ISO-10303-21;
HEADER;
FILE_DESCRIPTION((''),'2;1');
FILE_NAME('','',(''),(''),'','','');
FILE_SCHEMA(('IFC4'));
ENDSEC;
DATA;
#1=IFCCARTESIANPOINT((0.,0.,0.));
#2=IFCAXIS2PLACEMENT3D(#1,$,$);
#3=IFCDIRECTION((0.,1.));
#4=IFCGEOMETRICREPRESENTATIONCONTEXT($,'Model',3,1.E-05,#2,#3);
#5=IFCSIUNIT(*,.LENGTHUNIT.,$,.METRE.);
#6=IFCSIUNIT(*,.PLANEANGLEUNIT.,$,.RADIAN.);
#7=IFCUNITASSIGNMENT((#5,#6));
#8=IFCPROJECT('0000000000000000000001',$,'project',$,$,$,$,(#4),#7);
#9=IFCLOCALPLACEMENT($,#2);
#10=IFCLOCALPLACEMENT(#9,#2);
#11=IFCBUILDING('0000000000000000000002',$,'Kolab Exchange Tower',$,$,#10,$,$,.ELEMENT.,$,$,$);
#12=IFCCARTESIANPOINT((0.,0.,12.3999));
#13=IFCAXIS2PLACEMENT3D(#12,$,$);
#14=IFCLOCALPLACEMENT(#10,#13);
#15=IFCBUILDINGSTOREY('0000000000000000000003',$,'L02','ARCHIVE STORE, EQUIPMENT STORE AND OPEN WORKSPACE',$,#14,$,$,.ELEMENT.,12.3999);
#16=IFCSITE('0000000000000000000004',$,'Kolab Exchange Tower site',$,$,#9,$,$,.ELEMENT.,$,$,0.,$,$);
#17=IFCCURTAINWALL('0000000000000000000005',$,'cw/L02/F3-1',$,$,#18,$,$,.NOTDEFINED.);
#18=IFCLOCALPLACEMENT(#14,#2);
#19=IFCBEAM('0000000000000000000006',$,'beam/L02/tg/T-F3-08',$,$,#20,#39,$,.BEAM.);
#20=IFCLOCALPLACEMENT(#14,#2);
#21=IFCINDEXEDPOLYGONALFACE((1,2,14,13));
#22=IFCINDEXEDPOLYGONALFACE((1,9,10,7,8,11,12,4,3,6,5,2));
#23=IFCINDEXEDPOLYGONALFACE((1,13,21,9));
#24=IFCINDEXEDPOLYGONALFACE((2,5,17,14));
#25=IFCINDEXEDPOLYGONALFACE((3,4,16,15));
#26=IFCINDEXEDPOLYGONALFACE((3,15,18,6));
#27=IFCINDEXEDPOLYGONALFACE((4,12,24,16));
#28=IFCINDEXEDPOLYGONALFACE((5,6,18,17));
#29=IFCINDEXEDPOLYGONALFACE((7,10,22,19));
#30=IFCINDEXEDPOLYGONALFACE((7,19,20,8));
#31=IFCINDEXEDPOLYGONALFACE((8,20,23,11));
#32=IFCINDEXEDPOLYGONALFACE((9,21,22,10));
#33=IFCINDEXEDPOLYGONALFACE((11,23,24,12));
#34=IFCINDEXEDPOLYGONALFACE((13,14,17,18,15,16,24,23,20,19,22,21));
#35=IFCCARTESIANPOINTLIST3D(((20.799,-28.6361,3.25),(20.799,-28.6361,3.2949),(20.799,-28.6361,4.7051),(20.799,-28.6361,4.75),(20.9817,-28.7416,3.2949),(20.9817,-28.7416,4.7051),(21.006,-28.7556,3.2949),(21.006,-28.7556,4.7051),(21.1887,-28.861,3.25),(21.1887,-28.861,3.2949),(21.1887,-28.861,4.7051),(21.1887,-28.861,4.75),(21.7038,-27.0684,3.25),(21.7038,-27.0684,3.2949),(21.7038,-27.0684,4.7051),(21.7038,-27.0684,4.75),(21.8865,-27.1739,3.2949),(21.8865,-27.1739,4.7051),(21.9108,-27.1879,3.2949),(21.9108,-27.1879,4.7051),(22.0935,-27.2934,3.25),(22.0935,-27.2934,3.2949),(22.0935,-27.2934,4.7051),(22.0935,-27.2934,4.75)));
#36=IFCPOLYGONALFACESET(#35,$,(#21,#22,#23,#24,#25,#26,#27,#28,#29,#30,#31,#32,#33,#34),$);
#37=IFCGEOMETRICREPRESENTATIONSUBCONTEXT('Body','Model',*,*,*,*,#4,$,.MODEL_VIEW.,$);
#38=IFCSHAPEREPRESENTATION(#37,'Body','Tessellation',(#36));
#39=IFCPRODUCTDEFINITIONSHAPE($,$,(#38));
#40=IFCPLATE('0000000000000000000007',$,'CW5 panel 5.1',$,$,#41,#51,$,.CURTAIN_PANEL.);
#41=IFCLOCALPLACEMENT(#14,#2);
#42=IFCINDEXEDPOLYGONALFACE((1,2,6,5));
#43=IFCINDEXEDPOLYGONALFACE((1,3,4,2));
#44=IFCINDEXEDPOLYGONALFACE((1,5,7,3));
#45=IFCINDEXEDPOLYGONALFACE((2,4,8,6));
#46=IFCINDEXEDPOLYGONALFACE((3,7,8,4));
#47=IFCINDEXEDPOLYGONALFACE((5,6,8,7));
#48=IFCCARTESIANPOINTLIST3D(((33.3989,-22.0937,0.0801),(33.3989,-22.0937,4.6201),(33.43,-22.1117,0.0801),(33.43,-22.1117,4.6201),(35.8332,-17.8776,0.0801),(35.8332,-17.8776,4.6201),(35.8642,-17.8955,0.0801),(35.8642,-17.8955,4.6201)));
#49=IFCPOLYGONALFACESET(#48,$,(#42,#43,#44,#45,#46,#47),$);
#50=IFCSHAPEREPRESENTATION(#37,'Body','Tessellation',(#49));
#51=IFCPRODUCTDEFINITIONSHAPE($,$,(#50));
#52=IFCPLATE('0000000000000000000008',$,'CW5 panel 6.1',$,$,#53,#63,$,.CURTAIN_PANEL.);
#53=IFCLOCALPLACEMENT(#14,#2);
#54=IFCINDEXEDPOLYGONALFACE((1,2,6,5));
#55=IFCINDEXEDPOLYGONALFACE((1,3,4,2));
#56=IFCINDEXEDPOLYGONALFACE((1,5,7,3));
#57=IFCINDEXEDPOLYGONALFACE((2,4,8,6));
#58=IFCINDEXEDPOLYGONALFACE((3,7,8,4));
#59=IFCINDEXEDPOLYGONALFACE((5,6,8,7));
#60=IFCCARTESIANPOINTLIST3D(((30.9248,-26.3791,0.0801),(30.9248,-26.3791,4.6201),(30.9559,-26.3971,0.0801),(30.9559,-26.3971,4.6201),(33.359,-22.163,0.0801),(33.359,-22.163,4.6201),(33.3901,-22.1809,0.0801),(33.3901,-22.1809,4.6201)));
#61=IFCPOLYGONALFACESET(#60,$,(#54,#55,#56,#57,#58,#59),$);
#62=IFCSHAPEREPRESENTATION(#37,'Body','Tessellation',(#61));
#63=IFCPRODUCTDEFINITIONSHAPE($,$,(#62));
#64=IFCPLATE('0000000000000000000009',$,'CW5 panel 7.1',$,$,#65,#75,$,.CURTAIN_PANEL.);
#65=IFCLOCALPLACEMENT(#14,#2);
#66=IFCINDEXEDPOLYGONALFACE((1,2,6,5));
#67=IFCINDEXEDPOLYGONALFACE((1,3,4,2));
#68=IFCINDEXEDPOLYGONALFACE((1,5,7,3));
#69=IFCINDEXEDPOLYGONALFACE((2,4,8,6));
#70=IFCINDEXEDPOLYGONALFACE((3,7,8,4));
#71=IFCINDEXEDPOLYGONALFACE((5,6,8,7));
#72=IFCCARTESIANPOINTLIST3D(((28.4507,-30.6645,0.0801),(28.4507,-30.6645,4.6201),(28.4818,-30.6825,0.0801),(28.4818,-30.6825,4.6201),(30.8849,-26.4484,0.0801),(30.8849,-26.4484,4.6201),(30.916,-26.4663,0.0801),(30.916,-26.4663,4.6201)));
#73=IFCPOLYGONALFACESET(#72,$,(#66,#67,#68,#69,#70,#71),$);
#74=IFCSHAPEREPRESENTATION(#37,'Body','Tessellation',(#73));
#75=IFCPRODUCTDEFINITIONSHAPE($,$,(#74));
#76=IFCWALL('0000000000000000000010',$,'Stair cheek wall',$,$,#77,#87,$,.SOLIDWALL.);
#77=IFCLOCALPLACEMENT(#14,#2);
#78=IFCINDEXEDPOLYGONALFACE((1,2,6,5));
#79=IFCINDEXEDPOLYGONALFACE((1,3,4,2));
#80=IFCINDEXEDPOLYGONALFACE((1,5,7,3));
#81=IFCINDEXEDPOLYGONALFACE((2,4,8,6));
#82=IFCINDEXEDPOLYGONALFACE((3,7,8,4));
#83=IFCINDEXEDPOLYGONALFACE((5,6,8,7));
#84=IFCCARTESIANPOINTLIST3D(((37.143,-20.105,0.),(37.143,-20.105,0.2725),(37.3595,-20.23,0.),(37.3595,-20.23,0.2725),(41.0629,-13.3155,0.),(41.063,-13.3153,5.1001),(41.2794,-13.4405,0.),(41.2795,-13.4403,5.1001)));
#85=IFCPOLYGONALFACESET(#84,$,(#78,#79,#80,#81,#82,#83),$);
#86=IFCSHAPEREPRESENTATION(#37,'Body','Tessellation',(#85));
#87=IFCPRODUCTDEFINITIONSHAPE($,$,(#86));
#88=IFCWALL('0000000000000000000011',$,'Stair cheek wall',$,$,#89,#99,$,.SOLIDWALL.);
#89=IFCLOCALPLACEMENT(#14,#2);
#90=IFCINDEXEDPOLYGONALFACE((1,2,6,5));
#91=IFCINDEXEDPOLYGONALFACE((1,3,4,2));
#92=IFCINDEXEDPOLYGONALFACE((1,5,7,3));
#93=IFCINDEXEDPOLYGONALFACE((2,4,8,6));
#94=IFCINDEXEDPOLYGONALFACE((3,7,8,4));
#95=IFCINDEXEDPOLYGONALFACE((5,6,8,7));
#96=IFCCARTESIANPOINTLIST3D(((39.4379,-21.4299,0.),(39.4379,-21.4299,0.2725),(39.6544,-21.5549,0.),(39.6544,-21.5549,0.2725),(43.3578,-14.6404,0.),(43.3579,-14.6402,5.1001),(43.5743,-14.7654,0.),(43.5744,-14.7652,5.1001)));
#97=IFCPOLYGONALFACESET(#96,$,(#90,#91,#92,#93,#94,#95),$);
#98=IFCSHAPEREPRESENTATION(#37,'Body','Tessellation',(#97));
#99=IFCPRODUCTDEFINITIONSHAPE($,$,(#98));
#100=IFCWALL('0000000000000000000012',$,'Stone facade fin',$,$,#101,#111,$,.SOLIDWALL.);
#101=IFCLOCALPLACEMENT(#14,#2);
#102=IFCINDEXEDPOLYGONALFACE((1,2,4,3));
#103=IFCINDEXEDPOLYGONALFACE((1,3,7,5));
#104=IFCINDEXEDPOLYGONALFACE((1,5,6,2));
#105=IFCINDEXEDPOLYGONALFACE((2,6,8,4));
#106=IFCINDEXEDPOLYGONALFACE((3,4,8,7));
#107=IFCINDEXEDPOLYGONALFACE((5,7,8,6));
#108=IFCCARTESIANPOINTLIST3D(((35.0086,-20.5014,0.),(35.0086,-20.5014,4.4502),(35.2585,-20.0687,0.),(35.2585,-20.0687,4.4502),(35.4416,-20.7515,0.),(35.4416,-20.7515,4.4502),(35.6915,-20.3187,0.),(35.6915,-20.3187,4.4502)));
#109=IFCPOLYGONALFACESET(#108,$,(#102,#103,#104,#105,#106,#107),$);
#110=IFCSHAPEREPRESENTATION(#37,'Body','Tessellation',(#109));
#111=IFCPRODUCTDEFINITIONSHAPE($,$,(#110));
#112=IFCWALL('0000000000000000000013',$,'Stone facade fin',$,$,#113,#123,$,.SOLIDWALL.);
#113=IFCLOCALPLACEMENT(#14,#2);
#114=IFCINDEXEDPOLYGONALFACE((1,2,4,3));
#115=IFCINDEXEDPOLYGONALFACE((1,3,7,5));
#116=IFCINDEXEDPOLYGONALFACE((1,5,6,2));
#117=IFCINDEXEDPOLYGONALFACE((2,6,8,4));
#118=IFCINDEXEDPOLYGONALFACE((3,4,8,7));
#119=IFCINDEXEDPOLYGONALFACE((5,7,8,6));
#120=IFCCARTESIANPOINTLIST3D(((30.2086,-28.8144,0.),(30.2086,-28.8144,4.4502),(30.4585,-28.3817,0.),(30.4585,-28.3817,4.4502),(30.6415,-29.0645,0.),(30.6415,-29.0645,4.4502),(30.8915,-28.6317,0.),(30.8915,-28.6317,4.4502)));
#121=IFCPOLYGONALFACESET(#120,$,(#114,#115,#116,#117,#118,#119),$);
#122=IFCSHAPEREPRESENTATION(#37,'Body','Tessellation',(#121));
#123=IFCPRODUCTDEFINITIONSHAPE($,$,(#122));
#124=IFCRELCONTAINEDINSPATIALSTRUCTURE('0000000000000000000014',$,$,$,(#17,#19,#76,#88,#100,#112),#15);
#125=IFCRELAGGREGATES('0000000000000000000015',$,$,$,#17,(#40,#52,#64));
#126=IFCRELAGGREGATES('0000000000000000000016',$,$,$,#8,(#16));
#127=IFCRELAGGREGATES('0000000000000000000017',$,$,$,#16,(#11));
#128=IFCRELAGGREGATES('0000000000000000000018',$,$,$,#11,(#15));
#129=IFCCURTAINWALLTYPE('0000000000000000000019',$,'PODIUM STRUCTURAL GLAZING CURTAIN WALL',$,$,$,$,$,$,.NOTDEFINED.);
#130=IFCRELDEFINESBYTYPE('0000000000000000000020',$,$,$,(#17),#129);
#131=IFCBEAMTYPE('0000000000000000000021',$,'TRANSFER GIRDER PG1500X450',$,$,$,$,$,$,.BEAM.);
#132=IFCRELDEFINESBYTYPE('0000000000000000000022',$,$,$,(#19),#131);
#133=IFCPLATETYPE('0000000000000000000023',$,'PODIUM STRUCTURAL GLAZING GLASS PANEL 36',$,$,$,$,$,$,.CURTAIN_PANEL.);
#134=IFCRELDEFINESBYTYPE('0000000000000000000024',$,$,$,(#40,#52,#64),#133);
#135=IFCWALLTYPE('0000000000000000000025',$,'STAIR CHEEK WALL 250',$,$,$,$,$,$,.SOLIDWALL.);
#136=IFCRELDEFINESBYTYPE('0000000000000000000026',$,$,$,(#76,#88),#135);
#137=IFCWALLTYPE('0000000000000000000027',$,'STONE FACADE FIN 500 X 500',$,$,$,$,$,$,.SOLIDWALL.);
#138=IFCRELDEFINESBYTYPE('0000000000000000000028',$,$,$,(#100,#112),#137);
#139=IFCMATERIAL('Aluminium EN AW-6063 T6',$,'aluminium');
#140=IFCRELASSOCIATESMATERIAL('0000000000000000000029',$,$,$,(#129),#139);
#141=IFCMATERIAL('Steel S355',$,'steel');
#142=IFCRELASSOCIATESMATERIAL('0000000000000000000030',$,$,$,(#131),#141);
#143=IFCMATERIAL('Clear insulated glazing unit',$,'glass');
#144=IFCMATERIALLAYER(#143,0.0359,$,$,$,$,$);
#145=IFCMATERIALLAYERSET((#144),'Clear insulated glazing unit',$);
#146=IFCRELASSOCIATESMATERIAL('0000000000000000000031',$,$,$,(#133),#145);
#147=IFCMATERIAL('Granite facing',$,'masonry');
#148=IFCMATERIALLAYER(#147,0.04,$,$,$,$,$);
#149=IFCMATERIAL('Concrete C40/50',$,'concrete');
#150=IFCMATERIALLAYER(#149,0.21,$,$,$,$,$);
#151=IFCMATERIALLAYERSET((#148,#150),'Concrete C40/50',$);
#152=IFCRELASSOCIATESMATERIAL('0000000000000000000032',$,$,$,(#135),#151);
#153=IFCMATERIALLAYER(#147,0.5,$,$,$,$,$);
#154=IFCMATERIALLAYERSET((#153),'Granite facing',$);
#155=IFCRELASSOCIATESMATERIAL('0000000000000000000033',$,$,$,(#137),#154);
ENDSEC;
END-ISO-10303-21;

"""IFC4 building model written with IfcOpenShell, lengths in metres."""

from ifc_helpers import new_model, si_unit, direction, frame, frame_2d, origin, origin_2d, place, context, subcontext, project, spatial, polyline, rectangle, i_section, outline, extrude, material, layer, layer_set, material_profile, profile_set, type_object, element, aggregate, save


model = new_model("IFC4")

# Units and contexts
model_context = context("Model", 3, precision=1e-05, world=origin(), true_north=direction((0.0, 1.0)))
body_context = subcontext(model_context, "Body", "Model", "MODEL_VIEW")
ifc_project = project(units=[si_unit("LENGTHUNIT", "METRE"), si_unit("PLANEANGLEUNIT", "RADIAN")], contexts=[model_context])

# Site, building, storey
site_placement = place(None, origin())
site = spatial("IfcSite", under=ifc_project, at=site_placement, Name="Kolab Exchange Tower site", CompositionType="ELEMENT", RefElevation=0.0)
building_placement = place(site_placement, origin())
building = spatial("IfcBuilding", under=site, at=building_placement, Name="Kolab Exchange Tower", CompositionType="ELEMENT")
storey_placement = place(building_placement, frame((0.0, 0.0, 12.3999)))
storey = spatial("IfcBuildingStorey", under=building, at=storey_placement, Name="L02", Description="ARCHIVE STORE, EQUIPMENT STORE AND OPEN WORKSPACE", CompositionType="ELEMENT", Elevation=12.3999)

# Shared definitions
ifc_material_1 = material(Name="Steel S355", Category="steel")

# Curtain wall
ifc_material_2 = material(Name="Aluminium EN AW-6063 T6", Category="aluminium")
curtain_wall_type = type_object("IfcCurtainWallType", Name="PODIUM STRUCTURAL GLAZING CURTAIN WALL", PredefinedType="NOTDEFINED", material=ifc_material_2)
curtain_wall_placement = place(storey_placement, origin())
curtain_wall = element("IfcCurtainWall", 1, at=curtain_wall_placement, inside=storey, type_object=curtain_wall_type, Name="cw/L02/F3-1", PredefinedType="NOTDEFINED")

# Beam
ifc_material_profile_1 = material_profile(ifc_material_1, i_section(OverallWidth=0.45, OverallDepth=1.5, WebThickness=0.0281, FlangeThickness=0.0449, at=origin_2d()), Name="PG1500X450")
ifc_profile_set_1 = profile_set([ifc_material_profile_1], Name="Steel S355")
beam_type_1 = type_object("IfcBeamType", Name="TRANSFER GIRDER PG1500X450", PredefinedType="BEAM", material=ifc_profile_set_1)
beam_1_placement = place(storey_placement, frame((21.8987, -27.1809, 4.0), z_axis=(-0.499882, -0.866094, 0.0), x_axis=(0.866094, -0.499882, 0.0)))
element("IfcBeam", 2, at=beam_1_placement, inside=storey, type_object=beam_type_1, Name="beam/L02/tg/T-F3-08", PredefinedType="BEAM", context=body_context, shape_type="SweptSolid", body=[
    extrude(i_section(OverallWidth=0.45, OverallDepth=1.5, WebThickness=0.0281, FlangeThickness=0.0449, at=origin_2d()), origin(), (0.0, 0.0, 1.0), 1.8101),
])

# Plates
ifc_material_3 = material(Name="Clear insulated glazing unit", Category="glass")
ifc_layer_1 = layer(ifc_material_3, 0.0359)
ifc_layer_set_1 = layer_set([ifc_layer_1], Name="Clear insulated glazing unit")
plate_type = type_object("IfcPlateType", Name="PODIUM STRUCTURAL GLAZING GLASS PANEL 36", PredefinedType="CURTAIN_PANEL", material=ifc_layer_set_1)
plate_1_placement = place(storey_placement, frame((34.6316, -19.9946, 0.0801), z_axis=(0.0, 0.0, 1.0), x_axis=(-0.5, -0.866025, 0.0)))
plate_1 = element("IfcPlate", 3, at=plate_1_placement, type_object=plate_type, Name="CW5 panel 5.1", PredefinedType="CURTAIN_PANEL", context=body_context, shape_type="SweptSolid", body=[
    extrude(rectangle(XDim=4.8684, YDim=0.0359, at=origin_2d()), origin(), (0.0, 0.0, 1.0), 4.54),
])
plate_2_placement = place(storey_placement, frame((32.1575, -24.28, 0.0801), z_axis=(0.0, 0.0, 1.0), x_axis=(-0.5, -0.866025, 0.0)))
plate_2 = element("IfcPlate", 4, at=plate_2_placement, type_object=plate_type, Name="CW5 panel 6.1", PredefinedType="CURTAIN_PANEL", context=body_context, shape_type="SweptSolid", body=[
    extrude(rectangle(XDim=4.8684, YDim=0.0359, at=origin_2d()), origin(), (0.0, 0.0, 1.0), 4.54),
])
plate_3_placement = place(storey_placement, frame((29.6833, -28.5654, 0.0801), z_axis=(0.0, 0.0, 1.0), x_axis=(-0.5, -0.866025, 0.0)))
plate_3 = element("IfcPlate", 5, at=plate_3_placement, type_object=plate_type, Name="CW5 panel 7.1", PredefinedType="CURTAIN_PANEL", context=body_context, shape_type="SweptSolid", body=[
    extrude(rectangle(XDim=4.8684, YDim=0.0359, at=origin_2d()), origin(), (0.0, 0.0, 1.0), 4.54),
])
aggregate(curtain_wall, [plate_1, plate_2, plate_3])

# Walls
ifc_material_4 = material(Name="Granite facing", Category="masonry")
ifc_layer_2 = layer(ifc_material_4, 0.04)
ifc_material_5 = material(Name="Concrete C40/50", Category="concrete")
ifc_layer_3 = layer(ifc_material_5, 0.21)
ifc_layer_set_2 = layer_set([ifc_layer_2, ifc_layer_3], Name="Concrete C40/50")
wall_type_1 = type_object("IfcWallType", Name="STAIR CHEEK WALL 250", PredefinedType="SOLIDWALL", material=ifc_layer_set_2)
for number, where, z_axis, x_axis, name in (
    (6, (37.2512, -20.1675, 0.0), (0.0, 0.0, 1.0), (0.499997, 0.866027, 0.0), "Stair cheek wall"),
    (7, (39.5461, -21.4924, 0.0), (0.0, 0.0, 1.0), (0.499997, 0.866027, 0.0), "Stair cheek wall"),
):
    element("IfcWall", number, at=place(storey_placement, frame(where, z_axis=z_axis, x_axis=x_axis)), inside=storey, type_object=wall_type_1, Name=name, PredefinedType="SOLIDWALL", context=body_context, shape_type="SweptSolid", body=[
        extrude(outline(polyline([(0.0, 0.0), (7.8398, 0.0), (7.8401, 5.1001), (0.0, 0.2725), (0.0, 0.0)])), frame((0.0, 0.125, 0.0), z_axis=(0.0, -1.0, 0.0), x_axis=(1.0, 0.0, 0.0)), (0.0, 0.0, 1.0), 0.25),
    ])
ifc_layer_4 = layer(ifc_material_4, 0.5)
ifc_layer_set_3 = layer_set([ifc_layer_4], Name="Granite facing")
wall_type_2 = type_object("IfcWallType", Name="STONE FACADE FIN 500 X 500", PredefinedType="SOLIDWALL", material=ifc_layer_set_3)
for number, where, z_axis, x_axis, name in (
    (8, (35.4751, -20.1936, 0.0), (0.0, 0.0, 1.0), (-0.500131, -0.86595, 0.0), "Stone facade fin"),
    (9, (30.675, -28.5066, 0.0), (0.0, 0.0, 1.0), (-0.500131, -0.86595, 0.0), "Stone facade fin"),
):
    element("IfcWall", number, at=place(storey_placement, frame(where, z_axis=z_axis, x_axis=x_axis)), inside=storey, type_object=wall_type_2, Name=name, PredefinedType="SOLIDWALL", context=body_context, shape_type="SweptSolid", body=[
        extrude(rectangle(XDim=0.4998, YDim=0.5, at=frame_2d((0.25, 0.0))), origin(), (0.0, 0.0, 1.0), 4.4502),
    ])

save(model, "model.ifc")
